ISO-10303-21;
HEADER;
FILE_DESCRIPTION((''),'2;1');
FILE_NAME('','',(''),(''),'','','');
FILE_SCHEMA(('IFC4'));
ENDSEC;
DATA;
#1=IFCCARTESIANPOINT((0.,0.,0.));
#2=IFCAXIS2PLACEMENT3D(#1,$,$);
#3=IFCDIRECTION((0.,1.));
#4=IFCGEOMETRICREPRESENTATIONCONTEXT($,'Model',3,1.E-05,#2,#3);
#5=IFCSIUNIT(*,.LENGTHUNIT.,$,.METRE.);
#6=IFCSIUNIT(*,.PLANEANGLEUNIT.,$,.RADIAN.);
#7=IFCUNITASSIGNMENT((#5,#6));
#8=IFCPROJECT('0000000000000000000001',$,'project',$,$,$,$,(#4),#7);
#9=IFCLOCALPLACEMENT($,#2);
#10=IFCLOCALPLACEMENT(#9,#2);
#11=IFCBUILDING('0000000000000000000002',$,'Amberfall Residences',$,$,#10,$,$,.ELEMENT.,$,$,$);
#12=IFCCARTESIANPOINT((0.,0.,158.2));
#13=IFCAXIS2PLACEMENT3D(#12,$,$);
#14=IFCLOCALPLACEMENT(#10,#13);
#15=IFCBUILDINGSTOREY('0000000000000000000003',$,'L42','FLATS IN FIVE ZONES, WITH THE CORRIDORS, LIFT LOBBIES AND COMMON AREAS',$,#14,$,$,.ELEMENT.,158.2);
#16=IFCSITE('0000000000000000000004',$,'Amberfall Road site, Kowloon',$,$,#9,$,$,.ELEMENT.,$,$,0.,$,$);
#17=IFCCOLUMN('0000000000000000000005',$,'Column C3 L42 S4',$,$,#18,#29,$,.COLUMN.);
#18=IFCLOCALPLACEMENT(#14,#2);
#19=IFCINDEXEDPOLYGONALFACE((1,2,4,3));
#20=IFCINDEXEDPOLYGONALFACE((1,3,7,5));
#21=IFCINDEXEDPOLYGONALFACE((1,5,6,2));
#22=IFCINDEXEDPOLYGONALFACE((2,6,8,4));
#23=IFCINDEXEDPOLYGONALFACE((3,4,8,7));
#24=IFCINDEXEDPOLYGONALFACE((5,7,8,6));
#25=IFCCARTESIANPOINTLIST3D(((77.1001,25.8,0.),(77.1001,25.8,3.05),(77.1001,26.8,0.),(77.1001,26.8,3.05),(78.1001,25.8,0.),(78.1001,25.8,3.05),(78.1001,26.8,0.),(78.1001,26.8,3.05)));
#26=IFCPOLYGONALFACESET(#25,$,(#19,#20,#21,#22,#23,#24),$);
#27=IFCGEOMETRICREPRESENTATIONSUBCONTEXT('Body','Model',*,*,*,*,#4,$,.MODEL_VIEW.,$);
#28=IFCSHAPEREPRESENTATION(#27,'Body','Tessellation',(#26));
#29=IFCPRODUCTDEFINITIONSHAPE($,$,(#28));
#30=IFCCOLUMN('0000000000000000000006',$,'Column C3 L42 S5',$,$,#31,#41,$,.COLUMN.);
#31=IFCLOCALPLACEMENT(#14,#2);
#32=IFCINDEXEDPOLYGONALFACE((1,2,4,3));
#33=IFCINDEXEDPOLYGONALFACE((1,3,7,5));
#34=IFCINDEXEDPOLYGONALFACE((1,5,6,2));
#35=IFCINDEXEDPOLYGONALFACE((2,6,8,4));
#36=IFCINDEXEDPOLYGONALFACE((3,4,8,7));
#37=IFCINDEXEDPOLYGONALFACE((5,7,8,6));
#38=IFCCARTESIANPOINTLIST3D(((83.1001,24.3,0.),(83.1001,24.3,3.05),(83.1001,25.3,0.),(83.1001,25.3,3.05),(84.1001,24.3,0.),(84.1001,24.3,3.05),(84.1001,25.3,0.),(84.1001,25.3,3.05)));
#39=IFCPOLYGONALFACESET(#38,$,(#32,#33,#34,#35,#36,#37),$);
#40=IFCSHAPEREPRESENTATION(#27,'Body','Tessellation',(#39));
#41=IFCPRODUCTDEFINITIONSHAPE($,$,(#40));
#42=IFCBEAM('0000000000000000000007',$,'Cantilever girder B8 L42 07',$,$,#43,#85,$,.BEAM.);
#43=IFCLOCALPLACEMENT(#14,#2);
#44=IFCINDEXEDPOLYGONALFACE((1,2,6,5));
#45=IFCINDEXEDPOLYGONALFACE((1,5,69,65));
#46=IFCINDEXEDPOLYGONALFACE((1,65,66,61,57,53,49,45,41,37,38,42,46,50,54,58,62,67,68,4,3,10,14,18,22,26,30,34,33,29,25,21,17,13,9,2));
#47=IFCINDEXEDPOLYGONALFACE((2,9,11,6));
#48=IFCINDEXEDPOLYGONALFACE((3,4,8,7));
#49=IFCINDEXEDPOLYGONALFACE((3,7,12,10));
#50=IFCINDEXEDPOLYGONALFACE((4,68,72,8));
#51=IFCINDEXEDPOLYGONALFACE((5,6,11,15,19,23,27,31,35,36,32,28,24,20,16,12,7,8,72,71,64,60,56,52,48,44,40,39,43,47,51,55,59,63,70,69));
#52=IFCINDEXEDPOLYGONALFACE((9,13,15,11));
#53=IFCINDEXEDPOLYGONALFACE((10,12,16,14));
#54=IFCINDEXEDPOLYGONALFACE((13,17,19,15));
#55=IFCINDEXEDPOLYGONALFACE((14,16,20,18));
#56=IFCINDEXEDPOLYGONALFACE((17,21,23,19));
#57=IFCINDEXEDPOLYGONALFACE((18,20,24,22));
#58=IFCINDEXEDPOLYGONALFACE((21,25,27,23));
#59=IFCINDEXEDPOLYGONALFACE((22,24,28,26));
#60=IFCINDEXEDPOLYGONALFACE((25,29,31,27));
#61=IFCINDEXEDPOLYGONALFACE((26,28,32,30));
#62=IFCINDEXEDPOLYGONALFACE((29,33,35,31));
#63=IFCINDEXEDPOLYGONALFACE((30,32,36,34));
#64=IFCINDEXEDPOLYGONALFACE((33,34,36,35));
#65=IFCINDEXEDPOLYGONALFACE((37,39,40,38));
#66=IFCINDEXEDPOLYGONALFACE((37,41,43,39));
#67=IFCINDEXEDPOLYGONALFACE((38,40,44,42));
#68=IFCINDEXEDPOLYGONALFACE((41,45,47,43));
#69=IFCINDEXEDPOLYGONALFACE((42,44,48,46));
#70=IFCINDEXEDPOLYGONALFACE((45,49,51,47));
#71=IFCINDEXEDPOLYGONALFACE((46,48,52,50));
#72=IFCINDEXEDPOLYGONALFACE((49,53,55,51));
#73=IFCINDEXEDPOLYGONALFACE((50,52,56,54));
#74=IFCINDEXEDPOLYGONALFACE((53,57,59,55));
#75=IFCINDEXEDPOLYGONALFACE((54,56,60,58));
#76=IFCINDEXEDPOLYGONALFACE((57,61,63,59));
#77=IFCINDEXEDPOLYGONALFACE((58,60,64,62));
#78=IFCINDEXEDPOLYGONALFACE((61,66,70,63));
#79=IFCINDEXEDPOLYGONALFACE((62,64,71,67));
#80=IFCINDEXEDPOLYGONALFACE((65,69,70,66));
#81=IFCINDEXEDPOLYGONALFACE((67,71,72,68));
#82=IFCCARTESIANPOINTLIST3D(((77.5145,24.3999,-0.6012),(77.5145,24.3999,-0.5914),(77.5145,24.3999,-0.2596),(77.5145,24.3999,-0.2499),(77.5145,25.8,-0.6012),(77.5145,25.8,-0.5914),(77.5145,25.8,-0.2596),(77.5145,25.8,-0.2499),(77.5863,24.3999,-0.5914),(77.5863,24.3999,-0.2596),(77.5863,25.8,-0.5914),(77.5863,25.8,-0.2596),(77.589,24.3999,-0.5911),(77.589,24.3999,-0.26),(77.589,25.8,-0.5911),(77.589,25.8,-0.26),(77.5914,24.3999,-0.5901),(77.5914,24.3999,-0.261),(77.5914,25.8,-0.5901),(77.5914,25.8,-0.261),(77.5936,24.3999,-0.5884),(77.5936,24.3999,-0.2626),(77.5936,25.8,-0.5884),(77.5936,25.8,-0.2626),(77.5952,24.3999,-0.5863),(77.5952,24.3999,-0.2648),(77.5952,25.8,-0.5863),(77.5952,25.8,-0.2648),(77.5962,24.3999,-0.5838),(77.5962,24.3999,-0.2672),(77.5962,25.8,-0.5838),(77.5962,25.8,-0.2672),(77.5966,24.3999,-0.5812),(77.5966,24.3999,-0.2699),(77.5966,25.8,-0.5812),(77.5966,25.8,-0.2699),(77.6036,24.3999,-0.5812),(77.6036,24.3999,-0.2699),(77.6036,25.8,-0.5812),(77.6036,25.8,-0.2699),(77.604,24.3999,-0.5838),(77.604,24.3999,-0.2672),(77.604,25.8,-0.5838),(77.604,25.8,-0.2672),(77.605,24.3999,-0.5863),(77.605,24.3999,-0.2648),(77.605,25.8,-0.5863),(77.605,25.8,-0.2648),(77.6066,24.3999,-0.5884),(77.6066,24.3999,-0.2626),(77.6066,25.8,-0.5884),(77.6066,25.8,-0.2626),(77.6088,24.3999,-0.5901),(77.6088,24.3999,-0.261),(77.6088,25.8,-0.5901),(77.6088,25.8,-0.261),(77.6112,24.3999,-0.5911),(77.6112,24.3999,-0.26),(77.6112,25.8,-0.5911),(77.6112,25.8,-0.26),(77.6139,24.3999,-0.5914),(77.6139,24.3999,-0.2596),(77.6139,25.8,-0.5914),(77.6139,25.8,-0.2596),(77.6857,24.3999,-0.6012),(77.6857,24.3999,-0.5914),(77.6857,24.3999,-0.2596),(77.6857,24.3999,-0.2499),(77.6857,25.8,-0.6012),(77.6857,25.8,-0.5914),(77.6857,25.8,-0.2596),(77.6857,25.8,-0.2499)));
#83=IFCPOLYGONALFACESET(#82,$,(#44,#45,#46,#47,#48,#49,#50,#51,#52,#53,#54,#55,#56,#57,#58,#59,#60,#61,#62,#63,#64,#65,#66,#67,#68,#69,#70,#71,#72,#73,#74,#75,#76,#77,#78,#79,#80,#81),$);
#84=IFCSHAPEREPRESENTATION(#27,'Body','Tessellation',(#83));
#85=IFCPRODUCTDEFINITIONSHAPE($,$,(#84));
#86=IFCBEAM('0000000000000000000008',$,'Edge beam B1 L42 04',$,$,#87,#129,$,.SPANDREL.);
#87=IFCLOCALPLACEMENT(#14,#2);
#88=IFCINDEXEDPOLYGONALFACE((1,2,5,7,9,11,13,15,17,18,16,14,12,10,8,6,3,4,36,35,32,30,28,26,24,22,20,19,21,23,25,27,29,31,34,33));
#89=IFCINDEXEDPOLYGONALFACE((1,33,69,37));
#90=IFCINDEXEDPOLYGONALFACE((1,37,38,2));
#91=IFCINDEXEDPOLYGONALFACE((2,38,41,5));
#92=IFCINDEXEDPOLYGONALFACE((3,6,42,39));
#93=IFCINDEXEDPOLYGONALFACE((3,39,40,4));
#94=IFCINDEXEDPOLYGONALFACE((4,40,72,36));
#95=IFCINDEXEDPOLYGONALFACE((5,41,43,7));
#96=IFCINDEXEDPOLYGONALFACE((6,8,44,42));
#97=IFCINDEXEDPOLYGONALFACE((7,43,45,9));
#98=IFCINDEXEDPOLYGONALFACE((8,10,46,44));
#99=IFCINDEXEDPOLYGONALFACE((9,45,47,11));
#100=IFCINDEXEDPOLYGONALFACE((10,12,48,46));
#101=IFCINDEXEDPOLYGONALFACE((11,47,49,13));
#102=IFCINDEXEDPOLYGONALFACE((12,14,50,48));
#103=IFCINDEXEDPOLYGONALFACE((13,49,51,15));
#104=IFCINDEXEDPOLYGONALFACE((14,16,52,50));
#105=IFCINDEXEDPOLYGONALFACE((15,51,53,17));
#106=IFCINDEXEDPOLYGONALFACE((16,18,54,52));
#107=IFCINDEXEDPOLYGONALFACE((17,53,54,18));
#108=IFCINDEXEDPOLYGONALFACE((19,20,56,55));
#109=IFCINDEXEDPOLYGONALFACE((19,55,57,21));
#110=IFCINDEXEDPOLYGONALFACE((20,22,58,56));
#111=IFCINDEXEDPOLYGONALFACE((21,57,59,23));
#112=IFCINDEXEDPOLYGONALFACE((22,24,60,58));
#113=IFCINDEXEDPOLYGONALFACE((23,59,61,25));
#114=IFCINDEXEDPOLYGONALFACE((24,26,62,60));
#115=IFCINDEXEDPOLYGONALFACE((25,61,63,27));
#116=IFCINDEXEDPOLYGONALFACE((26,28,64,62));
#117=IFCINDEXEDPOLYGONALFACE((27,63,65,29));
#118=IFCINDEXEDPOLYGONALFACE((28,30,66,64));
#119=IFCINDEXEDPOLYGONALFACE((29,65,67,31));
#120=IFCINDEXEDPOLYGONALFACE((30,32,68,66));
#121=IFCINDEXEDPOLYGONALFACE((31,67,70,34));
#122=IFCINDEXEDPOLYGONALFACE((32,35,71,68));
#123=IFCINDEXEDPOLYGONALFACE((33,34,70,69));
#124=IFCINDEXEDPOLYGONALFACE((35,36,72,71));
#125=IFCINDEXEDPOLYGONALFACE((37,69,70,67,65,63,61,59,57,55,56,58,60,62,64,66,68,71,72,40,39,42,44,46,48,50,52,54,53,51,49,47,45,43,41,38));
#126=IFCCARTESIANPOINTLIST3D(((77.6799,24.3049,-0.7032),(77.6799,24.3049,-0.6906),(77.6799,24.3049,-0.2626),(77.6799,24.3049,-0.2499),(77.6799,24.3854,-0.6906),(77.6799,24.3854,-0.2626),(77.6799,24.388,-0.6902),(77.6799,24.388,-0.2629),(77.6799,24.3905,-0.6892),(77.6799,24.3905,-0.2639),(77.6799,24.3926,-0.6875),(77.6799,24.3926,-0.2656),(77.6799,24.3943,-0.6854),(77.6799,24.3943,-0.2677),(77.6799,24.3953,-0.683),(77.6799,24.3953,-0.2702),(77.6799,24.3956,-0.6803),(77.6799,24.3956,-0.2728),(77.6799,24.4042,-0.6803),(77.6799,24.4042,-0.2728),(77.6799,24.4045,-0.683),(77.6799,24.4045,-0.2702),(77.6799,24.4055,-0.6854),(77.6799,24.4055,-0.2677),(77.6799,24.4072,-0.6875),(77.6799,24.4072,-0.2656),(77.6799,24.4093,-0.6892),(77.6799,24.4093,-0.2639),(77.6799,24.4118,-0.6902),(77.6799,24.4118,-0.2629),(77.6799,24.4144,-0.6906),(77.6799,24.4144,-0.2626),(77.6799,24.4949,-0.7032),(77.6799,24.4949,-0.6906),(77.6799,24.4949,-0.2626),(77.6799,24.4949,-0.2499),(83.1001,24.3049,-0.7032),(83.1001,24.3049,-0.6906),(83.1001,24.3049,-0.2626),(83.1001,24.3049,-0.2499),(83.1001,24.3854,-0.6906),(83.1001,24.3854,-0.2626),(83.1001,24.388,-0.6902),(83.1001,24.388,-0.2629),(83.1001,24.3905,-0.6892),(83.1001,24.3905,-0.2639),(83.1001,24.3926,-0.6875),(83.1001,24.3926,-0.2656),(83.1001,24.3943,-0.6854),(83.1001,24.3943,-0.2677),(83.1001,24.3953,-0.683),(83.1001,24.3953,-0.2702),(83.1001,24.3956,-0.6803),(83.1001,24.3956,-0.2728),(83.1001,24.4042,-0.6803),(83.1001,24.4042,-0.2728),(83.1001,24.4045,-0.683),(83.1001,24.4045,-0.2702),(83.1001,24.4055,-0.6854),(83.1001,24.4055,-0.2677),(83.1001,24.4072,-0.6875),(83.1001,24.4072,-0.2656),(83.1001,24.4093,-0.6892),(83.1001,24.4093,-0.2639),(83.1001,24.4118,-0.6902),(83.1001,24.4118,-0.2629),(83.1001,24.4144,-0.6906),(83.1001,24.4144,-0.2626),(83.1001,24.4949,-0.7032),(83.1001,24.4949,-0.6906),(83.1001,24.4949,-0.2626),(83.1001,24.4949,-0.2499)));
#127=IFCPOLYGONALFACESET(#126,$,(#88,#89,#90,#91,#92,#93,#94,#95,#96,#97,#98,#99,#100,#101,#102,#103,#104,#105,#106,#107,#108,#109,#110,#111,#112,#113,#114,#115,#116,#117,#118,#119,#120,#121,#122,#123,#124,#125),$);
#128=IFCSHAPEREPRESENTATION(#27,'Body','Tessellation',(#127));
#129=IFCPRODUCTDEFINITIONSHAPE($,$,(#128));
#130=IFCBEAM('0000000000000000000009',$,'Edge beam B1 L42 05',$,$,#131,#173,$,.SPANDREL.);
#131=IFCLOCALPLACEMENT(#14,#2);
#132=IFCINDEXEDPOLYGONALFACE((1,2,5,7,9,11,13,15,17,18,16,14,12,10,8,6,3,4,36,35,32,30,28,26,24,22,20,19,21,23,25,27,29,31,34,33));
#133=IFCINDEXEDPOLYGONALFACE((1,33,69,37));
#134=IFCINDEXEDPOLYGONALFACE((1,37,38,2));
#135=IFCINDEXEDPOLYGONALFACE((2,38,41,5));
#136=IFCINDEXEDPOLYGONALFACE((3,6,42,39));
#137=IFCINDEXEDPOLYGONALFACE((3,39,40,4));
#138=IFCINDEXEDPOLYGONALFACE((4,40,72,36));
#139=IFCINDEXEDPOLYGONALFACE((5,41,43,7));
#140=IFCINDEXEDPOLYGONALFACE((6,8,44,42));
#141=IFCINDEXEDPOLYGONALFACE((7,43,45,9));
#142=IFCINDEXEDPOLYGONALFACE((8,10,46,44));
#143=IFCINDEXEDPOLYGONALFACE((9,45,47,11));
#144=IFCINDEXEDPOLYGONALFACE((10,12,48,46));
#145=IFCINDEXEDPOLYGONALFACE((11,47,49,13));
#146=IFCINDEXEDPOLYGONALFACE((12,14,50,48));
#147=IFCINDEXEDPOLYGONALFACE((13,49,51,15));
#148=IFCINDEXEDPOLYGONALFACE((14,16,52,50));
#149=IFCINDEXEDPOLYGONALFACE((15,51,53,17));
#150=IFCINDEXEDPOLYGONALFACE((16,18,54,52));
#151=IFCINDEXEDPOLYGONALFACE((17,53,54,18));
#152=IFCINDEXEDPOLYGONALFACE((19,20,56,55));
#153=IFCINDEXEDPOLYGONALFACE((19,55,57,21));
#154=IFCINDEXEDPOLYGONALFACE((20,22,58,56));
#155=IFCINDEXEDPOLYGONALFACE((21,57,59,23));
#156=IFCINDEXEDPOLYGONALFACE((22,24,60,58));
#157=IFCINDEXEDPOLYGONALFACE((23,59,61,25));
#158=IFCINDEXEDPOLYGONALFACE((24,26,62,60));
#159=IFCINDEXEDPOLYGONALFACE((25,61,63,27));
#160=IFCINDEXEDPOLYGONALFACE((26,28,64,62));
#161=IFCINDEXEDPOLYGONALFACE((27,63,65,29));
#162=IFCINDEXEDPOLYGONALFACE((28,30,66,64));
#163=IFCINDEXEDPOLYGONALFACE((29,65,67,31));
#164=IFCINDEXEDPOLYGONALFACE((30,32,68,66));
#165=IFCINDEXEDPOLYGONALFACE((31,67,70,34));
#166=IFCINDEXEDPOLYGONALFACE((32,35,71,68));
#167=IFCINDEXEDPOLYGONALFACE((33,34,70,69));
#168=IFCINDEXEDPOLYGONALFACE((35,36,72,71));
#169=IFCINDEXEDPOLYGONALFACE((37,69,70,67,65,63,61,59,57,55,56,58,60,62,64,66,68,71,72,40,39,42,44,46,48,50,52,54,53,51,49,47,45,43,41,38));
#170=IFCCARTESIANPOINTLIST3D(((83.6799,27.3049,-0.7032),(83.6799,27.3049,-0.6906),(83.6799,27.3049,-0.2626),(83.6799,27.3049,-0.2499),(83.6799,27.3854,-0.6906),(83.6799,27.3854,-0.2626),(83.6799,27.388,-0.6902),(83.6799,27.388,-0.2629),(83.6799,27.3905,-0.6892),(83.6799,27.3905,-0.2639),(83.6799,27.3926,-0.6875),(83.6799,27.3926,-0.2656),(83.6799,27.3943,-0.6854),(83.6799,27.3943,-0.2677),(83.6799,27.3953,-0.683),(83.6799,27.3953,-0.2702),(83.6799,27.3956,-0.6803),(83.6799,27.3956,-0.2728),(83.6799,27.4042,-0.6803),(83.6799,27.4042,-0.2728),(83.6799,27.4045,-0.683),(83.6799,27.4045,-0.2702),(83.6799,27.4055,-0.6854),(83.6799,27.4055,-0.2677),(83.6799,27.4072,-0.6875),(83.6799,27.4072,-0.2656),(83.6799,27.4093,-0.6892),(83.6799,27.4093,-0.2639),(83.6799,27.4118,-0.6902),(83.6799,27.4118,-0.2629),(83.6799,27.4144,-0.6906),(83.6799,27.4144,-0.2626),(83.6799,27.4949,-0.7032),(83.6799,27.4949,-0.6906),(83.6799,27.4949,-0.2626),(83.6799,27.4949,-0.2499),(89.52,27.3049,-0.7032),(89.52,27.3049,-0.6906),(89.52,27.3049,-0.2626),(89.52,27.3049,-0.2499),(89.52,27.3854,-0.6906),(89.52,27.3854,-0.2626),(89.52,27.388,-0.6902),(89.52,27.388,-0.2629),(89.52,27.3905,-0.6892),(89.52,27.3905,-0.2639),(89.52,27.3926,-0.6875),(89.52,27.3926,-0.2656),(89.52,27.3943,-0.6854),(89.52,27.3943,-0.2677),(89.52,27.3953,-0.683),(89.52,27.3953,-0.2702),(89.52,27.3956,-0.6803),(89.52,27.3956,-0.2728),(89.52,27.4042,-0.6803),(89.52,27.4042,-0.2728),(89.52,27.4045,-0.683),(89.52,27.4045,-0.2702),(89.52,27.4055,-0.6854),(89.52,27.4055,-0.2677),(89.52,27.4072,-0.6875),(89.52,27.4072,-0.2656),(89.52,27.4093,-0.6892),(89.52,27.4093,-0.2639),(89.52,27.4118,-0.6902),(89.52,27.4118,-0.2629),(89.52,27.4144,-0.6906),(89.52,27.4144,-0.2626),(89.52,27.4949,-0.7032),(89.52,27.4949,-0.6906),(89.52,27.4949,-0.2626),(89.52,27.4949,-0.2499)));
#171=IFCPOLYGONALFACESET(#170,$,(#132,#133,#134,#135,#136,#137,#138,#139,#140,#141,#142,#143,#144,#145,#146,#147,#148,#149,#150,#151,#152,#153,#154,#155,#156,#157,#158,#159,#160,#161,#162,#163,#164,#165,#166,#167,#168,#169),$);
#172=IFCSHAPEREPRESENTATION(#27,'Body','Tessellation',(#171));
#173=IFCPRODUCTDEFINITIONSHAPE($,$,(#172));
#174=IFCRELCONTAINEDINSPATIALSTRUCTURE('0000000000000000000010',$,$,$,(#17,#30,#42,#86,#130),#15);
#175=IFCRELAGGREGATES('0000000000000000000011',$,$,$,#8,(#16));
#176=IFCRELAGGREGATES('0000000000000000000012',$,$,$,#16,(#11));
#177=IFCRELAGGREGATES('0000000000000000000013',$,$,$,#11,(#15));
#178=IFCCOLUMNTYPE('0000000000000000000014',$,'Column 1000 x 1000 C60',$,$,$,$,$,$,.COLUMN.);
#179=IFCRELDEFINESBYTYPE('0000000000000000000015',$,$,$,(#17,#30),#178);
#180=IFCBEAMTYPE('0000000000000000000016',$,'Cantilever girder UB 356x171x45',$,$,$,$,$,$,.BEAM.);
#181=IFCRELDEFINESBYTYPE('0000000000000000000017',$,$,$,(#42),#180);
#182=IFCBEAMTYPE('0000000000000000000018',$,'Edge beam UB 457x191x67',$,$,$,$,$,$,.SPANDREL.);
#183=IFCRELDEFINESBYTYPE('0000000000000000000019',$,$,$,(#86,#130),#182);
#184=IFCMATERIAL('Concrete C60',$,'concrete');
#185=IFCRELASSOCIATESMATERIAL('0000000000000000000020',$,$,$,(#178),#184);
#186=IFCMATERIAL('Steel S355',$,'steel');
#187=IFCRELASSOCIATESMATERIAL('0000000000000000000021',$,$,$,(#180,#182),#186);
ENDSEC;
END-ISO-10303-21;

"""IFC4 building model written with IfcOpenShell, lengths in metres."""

from ifc_helpers import new_model, si_unit, direction, frame, origin, origin_2d, place, context, subcontext, project, spatial, rectangle, i_section, extrude, material, material_profile, profile_set, type_object, element, save


model = new_model("IFC4")

# Units and contexts
model_context = context("Model", 3, precision=1e-05, world=origin(), true_north=direction((0.0, 1.0)))
body_context = subcontext(model_context, "Body", "Model", "MODEL_VIEW")
ifc_project = project(units=[si_unit("LENGTHUNIT", "METRE"), si_unit("PLANEANGLEUNIT", "RADIAN")], contexts=[model_context])

# Site, building, storey
site_placement = place(None, origin())
site = spatial("IfcSite", under=ifc_project, at=site_placement, Name="Amberfall Road site, Kowloon", CompositionType="ELEMENT", RefElevation=0.0)
building_placement = place(site_placement, origin())
building = spatial("IfcBuilding", under=site, at=building_placement, Name="Amberfall Residences", CompositionType="ELEMENT")
storey_placement = place(building_placement, frame((0.0, 0.0, 158.2)))
storey = spatial("IfcBuildingStorey", under=building, at=storey_placement, Name="L42", Description="FLATS IN FIVE ZONES, WITH THE CORRIDORS, LIFT LOBBIES AND COMMON AREAS", CompositionType="ELEMENT", Elevation=158.2)

# Columns
ifc_material_1 = material(Name="Concrete C60", Category="concrete")
ifc_material_profile_1 = material_profile(ifc_material_1, rectangle(XDim=1.0, YDim=1.0, at=origin_2d()), Name="Column 1000 x 1000 C60")
ifc_profile_set_1 = profile_set([ifc_material_profile_1], Name="Concrete C60")
column_type = type_object("IfcColumnType", Name="Column 1000 x 1000 C60", PredefinedType="COLUMN", material=ifc_profile_set_1)
for number, where, z_axis, x_axis, name in (
    (1, (77.6001, 26.3, 0.0), (0.0, 0.0, 1.0), (1.0, 0.0, 0.0), "Column C3 L42 S4"),
    (2, (83.6001, 24.8, 0.0), (0.0, 0.0, 1.0), (1.0, 0.0, 0.0), "Column C3 L42 S5"),
):
    element("IfcColumn", number, at=place(storey_placement, frame(where, z_axis=z_axis, x_axis=x_axis)), inside=storey, type_object=column_type, Name=name, PredefinedType="COLUMN", context=body_context, shape_type="SweptSolid", body=[
        extrude(rectangle(XDim=1.0, YDim=1.0, at=origin_2d()), origin(), (0.0, 0.0, 1.0), 3.05),
    ])

# Beams
ifc_material_2 = material(Name="Steel S355", Category="steel")
ifc_material_profile_2 = material_profile(ifc_material_2, i_section(OverallWidth=0.1711, OverallDepth=0.3513, WebThickness=0.0071, FlangeThickness=0.0098, FilletRadius=0.0103, at=origin_2d()), Name="UB 356x171x45")
ifc_profile_set_2 = profile_set([ifc_material_profile_2], Name="Steel S355")
beam_type_1 = type_object("IfcBeamType", Name="Cantilever girder UB 356x171x45", PredefinedType="BEAM", material=ifc_profile_set_2)
beam_1_placement = place(storey_placement, frame((77.6001, 25.8, -0.4255), z_axis=(0.0, -1.0, 0.0), x_axis=(1.0, 0.0, 0.0)))
element("IfcBeam", 3, at=beam_1_placement, inside=storey, type_object=beam_type_1, Name="Cantilever girder B8 L42 07", PredefinedType="BEAM", context=body_context, shape_type="SweptSolid", body=[
    extrude(i_section(OverallWidth=0.1711, OverallDepth=0.3513, WebThickness=0.0071, FlangeThickness=0.0098, FilletRadius=0.0103, at=origin_2d()), origin(), (0.0, 0.0, 1.0), 1.4001),
])
ifc_material_profile_3 = material_profile(ifc_material_2, i_section(OverallWidth=0.1899, OverallDepth=0.4534, WebThickness=0.0085, FlangeThickness=0.0127, FilletRadius=0.0103, at=origin_2d()), Name="UB 457x191x67")
ifc_profile_set_3 = profile_set([ifc_material_profile_3], Name="Steel S355")
beam_type_2 = type_object("IfcBeamType", Name="Edge beam UB 457x191x67", PredefinedType="SPANDREL", material=ifc_profile_set_3)
beam_2_placement = place(storey_placement, frame((77.6799, 24.3999, -0.4766), z_axis=(1.0, 0.0, 0.0), x_axis=(0.0, 1.0, 0.0)))
element("IfcBeam", 4, at=beam_2_placement, inside=storey, type_object=beam_type_2, Name="Edge beam B1 L42 04", PredefinedType="SPANDREL", context=body_context, shape_type="SweptSolid", body=[
    extrude(i_section(OverallWidth=0.1899, OverallDepth=0.4534, WebThickness=0.0085, FlangeThickness=0.0127, FilletRadius=0.0103, at=origin_2d()), origin(), (0.0, 0.0, 1.0), 5.4202),
])
beam_3_placement = place(storey_placement, frame((83.6799, 27.3999, -0.4766), z_axis=(1.0, 0.0, 0.0), x_axis=(0.0, 1.0, 0.0)))
element("IfcBeam", 5, at=beam_3_placement, inside=storey, type_object=beam_type_2, Name="Edge beam B1 L42 05", PredefinedType="SPANDREL", context=body_context, shape_type="SweptSolid", body=[
    extrude(i_section(OverallWidth=0.1899, OverallDepth=0.4534, WebThickness=0.0085, FlangeThickness=0.0127, FilletRadius=0.0103, at=origin_2d()), origin(), (0.0, 0.0, 1.0), 5.8401),
])

save(model, "model.ifc")
